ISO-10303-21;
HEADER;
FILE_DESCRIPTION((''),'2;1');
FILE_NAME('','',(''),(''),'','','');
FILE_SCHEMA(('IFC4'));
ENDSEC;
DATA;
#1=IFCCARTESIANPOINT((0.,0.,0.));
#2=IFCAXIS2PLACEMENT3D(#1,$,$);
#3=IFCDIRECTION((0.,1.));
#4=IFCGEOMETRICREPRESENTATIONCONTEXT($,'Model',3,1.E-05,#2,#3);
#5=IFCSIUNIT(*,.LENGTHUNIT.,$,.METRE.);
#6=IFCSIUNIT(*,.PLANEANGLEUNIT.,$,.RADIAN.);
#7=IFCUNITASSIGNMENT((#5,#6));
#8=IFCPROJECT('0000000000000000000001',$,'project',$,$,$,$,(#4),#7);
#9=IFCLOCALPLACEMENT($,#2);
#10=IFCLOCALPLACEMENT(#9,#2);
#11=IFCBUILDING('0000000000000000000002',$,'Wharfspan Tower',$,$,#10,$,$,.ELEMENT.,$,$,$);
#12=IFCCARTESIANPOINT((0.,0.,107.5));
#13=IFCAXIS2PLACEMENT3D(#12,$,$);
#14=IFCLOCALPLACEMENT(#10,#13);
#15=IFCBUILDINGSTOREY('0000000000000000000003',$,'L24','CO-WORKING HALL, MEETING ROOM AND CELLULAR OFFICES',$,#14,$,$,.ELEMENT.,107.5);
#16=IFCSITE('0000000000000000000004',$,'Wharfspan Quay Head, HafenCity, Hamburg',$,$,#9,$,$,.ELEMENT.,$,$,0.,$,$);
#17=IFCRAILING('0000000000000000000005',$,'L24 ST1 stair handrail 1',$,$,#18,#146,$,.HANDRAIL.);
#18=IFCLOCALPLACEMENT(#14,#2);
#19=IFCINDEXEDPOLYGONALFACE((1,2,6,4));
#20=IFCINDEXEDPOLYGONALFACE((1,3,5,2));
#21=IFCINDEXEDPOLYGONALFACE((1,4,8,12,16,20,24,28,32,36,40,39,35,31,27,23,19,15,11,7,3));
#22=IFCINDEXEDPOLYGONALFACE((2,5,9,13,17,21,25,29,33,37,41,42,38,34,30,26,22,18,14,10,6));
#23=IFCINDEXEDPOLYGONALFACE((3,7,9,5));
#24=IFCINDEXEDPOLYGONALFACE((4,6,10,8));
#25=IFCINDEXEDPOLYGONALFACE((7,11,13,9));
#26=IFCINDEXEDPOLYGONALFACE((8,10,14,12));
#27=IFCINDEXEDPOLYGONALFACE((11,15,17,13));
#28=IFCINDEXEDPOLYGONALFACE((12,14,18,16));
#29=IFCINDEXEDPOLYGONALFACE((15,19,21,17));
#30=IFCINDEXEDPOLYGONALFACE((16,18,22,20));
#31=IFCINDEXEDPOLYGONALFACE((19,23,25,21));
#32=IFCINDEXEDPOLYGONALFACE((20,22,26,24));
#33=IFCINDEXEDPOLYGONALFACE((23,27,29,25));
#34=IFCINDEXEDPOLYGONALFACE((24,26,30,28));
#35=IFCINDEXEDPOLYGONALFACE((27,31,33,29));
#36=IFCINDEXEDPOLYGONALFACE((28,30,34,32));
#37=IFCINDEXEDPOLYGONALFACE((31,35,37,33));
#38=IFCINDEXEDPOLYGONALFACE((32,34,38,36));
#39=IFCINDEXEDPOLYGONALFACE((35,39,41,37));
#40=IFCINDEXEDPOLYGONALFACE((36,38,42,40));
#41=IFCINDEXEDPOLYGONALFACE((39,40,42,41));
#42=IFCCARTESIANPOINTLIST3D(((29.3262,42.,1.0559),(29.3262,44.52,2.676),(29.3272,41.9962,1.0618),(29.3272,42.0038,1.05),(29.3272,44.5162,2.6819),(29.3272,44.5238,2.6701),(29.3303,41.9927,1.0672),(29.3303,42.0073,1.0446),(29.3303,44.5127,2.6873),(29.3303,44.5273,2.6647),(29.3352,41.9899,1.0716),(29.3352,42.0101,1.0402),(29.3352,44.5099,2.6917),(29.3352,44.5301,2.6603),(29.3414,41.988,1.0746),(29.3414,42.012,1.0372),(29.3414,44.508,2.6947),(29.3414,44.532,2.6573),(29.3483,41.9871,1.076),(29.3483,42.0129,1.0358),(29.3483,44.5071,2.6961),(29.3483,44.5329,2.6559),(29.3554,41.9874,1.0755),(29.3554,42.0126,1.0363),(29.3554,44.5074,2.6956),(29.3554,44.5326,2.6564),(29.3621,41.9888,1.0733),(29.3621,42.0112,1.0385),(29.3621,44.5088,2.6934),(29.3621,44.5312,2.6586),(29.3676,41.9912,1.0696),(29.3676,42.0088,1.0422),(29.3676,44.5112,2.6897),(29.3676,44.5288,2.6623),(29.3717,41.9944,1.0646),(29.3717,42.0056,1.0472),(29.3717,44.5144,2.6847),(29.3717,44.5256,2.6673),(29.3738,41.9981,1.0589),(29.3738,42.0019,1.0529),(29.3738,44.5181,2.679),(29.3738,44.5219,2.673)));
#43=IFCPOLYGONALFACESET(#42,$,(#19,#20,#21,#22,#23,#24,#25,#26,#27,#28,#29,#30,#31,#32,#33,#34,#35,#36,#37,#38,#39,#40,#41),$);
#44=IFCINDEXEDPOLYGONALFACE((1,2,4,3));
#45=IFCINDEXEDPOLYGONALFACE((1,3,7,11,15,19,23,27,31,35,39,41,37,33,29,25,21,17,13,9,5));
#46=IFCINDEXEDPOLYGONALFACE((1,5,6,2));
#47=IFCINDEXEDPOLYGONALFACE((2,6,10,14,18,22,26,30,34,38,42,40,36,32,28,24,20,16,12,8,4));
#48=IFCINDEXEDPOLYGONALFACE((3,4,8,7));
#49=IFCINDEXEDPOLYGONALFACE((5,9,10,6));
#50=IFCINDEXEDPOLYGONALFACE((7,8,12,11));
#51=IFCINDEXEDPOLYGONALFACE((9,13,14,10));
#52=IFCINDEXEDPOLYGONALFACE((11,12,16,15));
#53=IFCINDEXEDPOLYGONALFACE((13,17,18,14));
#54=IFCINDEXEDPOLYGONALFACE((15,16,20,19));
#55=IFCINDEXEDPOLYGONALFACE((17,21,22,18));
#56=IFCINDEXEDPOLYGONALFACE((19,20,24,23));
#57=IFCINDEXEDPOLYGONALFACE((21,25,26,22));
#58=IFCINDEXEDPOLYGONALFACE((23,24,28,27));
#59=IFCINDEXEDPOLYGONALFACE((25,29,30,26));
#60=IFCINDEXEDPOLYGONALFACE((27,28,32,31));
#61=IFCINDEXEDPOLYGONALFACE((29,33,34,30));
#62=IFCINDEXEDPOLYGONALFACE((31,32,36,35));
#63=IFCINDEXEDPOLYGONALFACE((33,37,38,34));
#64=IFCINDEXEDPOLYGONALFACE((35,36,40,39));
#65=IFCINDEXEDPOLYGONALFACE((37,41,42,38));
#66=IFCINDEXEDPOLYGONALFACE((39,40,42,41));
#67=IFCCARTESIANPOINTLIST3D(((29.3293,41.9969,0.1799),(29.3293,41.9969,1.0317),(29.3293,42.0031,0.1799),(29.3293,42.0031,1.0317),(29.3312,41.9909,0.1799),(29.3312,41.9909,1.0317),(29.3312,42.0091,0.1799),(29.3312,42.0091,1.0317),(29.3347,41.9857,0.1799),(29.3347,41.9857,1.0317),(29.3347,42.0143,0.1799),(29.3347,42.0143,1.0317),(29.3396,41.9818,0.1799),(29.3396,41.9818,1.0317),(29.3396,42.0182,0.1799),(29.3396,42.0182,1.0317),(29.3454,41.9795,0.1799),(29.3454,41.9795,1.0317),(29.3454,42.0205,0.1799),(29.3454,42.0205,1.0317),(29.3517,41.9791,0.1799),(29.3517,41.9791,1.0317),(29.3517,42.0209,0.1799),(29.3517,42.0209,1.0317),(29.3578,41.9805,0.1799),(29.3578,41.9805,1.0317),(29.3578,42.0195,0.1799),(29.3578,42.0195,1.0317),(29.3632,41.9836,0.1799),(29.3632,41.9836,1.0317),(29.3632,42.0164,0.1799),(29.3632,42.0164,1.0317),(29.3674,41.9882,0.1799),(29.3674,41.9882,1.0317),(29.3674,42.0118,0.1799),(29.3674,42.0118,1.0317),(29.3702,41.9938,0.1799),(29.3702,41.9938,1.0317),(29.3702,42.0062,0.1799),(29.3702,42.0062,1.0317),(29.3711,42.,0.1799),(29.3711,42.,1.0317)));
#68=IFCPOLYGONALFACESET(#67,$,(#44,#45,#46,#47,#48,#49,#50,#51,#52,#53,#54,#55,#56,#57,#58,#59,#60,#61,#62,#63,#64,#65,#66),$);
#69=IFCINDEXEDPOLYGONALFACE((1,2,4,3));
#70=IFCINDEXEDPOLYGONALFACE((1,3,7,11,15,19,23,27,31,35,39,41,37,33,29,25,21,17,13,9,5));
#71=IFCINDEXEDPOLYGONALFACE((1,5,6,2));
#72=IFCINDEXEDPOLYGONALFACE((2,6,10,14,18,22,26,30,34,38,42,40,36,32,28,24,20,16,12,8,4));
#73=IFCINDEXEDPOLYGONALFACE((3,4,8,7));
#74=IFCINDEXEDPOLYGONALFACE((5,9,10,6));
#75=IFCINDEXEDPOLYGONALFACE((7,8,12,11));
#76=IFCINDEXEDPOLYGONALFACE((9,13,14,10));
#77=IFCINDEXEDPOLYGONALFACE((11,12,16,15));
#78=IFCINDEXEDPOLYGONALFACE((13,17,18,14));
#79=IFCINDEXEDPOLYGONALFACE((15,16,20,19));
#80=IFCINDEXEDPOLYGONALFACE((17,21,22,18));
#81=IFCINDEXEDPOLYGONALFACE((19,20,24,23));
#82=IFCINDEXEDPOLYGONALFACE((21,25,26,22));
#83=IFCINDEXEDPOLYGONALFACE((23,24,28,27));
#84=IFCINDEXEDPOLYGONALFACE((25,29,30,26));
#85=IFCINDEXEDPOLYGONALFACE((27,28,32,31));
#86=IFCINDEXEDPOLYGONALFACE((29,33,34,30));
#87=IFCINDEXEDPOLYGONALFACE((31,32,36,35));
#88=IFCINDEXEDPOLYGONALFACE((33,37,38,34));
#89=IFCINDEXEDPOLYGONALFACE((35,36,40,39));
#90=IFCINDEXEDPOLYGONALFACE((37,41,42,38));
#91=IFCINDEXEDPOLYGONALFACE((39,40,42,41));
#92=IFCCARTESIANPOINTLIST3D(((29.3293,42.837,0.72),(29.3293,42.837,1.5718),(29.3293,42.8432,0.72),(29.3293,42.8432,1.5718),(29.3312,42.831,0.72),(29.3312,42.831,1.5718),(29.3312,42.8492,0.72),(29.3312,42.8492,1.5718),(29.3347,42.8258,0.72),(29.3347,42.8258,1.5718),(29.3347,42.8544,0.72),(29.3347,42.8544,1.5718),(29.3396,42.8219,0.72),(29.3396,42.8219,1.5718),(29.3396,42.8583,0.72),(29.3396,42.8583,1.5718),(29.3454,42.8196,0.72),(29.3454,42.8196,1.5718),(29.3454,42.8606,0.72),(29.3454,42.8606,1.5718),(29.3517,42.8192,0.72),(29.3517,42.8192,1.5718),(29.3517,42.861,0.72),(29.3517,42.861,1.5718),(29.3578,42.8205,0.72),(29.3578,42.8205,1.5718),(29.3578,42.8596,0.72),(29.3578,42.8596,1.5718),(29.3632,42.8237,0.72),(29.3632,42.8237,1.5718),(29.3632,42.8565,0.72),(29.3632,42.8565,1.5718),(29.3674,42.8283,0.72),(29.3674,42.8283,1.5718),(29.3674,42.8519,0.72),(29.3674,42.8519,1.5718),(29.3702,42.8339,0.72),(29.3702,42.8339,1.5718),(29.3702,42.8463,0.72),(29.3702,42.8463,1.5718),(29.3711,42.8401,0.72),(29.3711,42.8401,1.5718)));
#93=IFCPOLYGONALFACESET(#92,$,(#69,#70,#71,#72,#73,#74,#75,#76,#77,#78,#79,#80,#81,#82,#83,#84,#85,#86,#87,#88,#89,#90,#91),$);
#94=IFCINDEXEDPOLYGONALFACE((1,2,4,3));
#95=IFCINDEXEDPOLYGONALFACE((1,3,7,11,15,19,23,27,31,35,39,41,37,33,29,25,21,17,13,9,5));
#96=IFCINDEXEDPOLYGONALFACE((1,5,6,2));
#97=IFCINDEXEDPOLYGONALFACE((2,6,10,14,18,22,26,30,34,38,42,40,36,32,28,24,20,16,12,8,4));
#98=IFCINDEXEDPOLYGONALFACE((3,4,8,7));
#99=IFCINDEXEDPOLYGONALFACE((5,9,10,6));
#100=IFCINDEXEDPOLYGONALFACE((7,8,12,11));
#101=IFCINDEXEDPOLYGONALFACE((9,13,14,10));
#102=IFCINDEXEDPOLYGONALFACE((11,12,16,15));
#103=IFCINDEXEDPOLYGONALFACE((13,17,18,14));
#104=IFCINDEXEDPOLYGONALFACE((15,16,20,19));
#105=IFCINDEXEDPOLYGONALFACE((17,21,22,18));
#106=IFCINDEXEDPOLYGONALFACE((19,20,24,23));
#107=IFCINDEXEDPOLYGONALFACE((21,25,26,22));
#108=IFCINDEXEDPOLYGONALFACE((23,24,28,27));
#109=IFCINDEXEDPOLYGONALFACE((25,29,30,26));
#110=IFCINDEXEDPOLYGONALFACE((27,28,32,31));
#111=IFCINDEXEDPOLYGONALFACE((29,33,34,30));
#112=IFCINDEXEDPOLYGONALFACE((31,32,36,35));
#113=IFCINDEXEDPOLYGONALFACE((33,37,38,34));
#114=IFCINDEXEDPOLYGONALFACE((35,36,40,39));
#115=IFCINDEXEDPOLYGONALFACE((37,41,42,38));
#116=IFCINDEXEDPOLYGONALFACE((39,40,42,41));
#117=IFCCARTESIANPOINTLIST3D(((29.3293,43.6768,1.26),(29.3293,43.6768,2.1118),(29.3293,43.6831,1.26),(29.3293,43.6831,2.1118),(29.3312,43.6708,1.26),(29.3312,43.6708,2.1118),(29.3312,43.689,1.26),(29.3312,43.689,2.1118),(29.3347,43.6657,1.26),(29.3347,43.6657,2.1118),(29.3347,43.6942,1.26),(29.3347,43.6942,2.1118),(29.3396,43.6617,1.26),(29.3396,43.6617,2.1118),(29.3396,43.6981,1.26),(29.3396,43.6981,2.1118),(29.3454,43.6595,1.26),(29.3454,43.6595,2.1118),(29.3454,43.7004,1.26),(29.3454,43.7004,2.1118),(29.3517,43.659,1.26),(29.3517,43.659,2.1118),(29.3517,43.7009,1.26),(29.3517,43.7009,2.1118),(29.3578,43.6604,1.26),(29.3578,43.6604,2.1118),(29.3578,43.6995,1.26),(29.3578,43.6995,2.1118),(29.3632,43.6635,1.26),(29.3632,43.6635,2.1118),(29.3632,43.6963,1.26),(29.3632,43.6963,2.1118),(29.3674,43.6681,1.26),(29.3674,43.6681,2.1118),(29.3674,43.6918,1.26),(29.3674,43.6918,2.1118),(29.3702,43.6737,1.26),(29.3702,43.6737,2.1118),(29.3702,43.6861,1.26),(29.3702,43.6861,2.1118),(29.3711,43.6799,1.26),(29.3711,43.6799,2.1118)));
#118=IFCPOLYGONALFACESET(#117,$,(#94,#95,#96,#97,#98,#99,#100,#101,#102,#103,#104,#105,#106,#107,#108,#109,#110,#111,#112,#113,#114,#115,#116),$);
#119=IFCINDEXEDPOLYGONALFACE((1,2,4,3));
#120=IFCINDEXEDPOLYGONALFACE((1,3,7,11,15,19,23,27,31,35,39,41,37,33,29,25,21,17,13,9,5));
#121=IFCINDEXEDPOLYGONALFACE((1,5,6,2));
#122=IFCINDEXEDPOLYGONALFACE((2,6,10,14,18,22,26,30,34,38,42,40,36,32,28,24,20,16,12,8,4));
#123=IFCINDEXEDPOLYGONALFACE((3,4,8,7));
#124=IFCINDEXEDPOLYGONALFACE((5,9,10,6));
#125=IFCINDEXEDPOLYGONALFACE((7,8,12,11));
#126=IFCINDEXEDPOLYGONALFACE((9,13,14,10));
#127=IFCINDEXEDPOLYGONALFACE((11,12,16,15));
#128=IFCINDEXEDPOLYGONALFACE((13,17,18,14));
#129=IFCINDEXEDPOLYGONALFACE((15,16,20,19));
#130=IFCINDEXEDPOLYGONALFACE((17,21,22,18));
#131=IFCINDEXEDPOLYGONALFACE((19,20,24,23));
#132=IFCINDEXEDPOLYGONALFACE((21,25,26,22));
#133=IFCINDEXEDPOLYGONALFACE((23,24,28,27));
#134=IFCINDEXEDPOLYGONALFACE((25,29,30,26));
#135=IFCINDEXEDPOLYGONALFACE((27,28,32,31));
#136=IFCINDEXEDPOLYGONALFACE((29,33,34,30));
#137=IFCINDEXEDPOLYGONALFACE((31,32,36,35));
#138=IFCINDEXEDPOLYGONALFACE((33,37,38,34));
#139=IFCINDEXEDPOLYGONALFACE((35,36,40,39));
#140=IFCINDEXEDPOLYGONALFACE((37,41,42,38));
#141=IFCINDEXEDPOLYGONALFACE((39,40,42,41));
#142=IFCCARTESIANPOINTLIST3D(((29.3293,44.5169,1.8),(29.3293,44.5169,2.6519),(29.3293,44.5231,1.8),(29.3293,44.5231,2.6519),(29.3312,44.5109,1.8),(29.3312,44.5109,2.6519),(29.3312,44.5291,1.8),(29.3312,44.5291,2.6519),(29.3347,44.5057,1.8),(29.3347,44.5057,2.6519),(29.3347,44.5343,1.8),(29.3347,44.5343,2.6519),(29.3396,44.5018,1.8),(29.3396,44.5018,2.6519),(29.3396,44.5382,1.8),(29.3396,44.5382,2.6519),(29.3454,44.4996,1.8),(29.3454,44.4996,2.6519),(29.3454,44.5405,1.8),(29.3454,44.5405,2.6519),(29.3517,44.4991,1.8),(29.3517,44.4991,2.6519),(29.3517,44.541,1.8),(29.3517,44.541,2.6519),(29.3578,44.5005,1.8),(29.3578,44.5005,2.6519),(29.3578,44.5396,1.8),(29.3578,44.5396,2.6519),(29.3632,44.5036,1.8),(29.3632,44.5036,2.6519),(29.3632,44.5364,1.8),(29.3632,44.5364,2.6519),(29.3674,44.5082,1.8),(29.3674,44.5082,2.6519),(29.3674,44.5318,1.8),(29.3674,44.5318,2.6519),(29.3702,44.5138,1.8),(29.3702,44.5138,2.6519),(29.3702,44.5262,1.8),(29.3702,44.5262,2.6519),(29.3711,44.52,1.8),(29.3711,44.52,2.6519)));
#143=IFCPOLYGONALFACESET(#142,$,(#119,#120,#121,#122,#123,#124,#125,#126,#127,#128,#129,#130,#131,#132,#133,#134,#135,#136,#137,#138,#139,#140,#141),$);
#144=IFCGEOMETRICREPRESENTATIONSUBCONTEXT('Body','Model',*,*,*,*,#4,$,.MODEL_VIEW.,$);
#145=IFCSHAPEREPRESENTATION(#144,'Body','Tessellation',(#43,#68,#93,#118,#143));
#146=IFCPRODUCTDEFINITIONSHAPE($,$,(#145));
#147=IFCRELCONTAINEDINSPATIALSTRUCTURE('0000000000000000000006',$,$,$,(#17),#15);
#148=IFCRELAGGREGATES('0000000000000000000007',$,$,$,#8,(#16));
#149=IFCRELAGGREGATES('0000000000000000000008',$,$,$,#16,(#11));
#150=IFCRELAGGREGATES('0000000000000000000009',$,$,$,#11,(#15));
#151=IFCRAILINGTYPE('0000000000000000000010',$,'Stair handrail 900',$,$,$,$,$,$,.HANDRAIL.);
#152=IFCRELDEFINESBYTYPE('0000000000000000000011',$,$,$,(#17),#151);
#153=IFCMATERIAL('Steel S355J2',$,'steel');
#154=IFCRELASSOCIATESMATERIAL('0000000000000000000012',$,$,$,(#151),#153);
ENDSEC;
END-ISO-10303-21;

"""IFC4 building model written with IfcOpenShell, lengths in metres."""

from ifc_helpers import new_model, si_unit, direction, frame, origin, origin_2d, place, context, subcontext, project, spatial, circle, extrude, material, type_object, element, save


model = new_model("IFC4")

# Units and contexts
model_context = context("Model", 3, precision=1e-05, world=origin(), true_north=direction((0.0, 1.0)))
body_context = subcontext(model_context, "Body", "Model", "MODEL_VIEW")
ifc_project = project(units=[si_unit("LENGTHUNIT", "METRE"), si_unit("PLANEANGLEUNIT", "RADIAN")], contexts=[model_context])

# Site, building, storey
site_placement = place(None, origin())
site = spatial("IfcSite", under=ifc_project, at=site_placement, Name="Wharfspan Quay Head, HafenCity, Hamburg", CompositionType="ELEMENT", RefElevation=0.0)
building_placement = place(site_placement, origin())
building = spatial("IfcBuilding", under=site, at=building_placement, Name="Wharfspan Tower", CompositionType="ELEMENT")
storey_placement = place(building_placement, frame((0.0, 0.0, 107.5)))
storey = spatial("IfcBuildingStorey", under=building, at=storey_placement, Name="L24", Description="CO-WORKING HALL, MEETING ROOM AND CELLULAR OFFICES", CompositionType="ELEMENT", Elevation=107.5)

# Shared definitions
ifc_material_1 = material(Name="Steel S355J2", Category="steel")

# Railing
railing_type_1 = type_object("IfcRailingType", Name="Stair handrail 900", PredefinedType="HANDRAIL", material=ifc_material_1)
railing_1_placement = place(storey_placement, frame((29.3501, 42.0, 0.1799)))
element("IfcRailing", 1, at=railing_1_placement, inside=storey, type_object=railing_type_1, Name="L24 ST1 stair handrail 1", PredefinedType="HANDRAIL", context=body_context, shape_type="SweptSolid", body=[
    extrude(circle(Radius=0.0239, at=origin_2d()), frame((0.0, 0.0, 0.876), z_axis=(0.0, 0.841163, 0.540782), x_axis=(-1.0, 0.0, 0.0)), (0.0, 0.0, 1.0), 2.9958),
    extrude(circle(Radius=0.021, at=origin_2d()), origin(), (0.0, 0.0, 1.0), 0.8518),
    extrude(circle(Radius=0.021, at=origin_2d()), frame((0.0, 0.8401, 0.54)), (0.0, 0.0, 1.0), 0.8518),
    extrude(circle(Radius=0.021, at=origin_2d()), frame((0.0, 1.6799, 1.0801)), (0.0, 0.0, 1.0), 0.8518),
    extrude(circle(Radius=0.021, at=origin_2d()), frame((0.0, 2.52, 1.6201)), (0.0, 0.0, 1.0), 0.8518),
])

save(model, "model.ifc")
